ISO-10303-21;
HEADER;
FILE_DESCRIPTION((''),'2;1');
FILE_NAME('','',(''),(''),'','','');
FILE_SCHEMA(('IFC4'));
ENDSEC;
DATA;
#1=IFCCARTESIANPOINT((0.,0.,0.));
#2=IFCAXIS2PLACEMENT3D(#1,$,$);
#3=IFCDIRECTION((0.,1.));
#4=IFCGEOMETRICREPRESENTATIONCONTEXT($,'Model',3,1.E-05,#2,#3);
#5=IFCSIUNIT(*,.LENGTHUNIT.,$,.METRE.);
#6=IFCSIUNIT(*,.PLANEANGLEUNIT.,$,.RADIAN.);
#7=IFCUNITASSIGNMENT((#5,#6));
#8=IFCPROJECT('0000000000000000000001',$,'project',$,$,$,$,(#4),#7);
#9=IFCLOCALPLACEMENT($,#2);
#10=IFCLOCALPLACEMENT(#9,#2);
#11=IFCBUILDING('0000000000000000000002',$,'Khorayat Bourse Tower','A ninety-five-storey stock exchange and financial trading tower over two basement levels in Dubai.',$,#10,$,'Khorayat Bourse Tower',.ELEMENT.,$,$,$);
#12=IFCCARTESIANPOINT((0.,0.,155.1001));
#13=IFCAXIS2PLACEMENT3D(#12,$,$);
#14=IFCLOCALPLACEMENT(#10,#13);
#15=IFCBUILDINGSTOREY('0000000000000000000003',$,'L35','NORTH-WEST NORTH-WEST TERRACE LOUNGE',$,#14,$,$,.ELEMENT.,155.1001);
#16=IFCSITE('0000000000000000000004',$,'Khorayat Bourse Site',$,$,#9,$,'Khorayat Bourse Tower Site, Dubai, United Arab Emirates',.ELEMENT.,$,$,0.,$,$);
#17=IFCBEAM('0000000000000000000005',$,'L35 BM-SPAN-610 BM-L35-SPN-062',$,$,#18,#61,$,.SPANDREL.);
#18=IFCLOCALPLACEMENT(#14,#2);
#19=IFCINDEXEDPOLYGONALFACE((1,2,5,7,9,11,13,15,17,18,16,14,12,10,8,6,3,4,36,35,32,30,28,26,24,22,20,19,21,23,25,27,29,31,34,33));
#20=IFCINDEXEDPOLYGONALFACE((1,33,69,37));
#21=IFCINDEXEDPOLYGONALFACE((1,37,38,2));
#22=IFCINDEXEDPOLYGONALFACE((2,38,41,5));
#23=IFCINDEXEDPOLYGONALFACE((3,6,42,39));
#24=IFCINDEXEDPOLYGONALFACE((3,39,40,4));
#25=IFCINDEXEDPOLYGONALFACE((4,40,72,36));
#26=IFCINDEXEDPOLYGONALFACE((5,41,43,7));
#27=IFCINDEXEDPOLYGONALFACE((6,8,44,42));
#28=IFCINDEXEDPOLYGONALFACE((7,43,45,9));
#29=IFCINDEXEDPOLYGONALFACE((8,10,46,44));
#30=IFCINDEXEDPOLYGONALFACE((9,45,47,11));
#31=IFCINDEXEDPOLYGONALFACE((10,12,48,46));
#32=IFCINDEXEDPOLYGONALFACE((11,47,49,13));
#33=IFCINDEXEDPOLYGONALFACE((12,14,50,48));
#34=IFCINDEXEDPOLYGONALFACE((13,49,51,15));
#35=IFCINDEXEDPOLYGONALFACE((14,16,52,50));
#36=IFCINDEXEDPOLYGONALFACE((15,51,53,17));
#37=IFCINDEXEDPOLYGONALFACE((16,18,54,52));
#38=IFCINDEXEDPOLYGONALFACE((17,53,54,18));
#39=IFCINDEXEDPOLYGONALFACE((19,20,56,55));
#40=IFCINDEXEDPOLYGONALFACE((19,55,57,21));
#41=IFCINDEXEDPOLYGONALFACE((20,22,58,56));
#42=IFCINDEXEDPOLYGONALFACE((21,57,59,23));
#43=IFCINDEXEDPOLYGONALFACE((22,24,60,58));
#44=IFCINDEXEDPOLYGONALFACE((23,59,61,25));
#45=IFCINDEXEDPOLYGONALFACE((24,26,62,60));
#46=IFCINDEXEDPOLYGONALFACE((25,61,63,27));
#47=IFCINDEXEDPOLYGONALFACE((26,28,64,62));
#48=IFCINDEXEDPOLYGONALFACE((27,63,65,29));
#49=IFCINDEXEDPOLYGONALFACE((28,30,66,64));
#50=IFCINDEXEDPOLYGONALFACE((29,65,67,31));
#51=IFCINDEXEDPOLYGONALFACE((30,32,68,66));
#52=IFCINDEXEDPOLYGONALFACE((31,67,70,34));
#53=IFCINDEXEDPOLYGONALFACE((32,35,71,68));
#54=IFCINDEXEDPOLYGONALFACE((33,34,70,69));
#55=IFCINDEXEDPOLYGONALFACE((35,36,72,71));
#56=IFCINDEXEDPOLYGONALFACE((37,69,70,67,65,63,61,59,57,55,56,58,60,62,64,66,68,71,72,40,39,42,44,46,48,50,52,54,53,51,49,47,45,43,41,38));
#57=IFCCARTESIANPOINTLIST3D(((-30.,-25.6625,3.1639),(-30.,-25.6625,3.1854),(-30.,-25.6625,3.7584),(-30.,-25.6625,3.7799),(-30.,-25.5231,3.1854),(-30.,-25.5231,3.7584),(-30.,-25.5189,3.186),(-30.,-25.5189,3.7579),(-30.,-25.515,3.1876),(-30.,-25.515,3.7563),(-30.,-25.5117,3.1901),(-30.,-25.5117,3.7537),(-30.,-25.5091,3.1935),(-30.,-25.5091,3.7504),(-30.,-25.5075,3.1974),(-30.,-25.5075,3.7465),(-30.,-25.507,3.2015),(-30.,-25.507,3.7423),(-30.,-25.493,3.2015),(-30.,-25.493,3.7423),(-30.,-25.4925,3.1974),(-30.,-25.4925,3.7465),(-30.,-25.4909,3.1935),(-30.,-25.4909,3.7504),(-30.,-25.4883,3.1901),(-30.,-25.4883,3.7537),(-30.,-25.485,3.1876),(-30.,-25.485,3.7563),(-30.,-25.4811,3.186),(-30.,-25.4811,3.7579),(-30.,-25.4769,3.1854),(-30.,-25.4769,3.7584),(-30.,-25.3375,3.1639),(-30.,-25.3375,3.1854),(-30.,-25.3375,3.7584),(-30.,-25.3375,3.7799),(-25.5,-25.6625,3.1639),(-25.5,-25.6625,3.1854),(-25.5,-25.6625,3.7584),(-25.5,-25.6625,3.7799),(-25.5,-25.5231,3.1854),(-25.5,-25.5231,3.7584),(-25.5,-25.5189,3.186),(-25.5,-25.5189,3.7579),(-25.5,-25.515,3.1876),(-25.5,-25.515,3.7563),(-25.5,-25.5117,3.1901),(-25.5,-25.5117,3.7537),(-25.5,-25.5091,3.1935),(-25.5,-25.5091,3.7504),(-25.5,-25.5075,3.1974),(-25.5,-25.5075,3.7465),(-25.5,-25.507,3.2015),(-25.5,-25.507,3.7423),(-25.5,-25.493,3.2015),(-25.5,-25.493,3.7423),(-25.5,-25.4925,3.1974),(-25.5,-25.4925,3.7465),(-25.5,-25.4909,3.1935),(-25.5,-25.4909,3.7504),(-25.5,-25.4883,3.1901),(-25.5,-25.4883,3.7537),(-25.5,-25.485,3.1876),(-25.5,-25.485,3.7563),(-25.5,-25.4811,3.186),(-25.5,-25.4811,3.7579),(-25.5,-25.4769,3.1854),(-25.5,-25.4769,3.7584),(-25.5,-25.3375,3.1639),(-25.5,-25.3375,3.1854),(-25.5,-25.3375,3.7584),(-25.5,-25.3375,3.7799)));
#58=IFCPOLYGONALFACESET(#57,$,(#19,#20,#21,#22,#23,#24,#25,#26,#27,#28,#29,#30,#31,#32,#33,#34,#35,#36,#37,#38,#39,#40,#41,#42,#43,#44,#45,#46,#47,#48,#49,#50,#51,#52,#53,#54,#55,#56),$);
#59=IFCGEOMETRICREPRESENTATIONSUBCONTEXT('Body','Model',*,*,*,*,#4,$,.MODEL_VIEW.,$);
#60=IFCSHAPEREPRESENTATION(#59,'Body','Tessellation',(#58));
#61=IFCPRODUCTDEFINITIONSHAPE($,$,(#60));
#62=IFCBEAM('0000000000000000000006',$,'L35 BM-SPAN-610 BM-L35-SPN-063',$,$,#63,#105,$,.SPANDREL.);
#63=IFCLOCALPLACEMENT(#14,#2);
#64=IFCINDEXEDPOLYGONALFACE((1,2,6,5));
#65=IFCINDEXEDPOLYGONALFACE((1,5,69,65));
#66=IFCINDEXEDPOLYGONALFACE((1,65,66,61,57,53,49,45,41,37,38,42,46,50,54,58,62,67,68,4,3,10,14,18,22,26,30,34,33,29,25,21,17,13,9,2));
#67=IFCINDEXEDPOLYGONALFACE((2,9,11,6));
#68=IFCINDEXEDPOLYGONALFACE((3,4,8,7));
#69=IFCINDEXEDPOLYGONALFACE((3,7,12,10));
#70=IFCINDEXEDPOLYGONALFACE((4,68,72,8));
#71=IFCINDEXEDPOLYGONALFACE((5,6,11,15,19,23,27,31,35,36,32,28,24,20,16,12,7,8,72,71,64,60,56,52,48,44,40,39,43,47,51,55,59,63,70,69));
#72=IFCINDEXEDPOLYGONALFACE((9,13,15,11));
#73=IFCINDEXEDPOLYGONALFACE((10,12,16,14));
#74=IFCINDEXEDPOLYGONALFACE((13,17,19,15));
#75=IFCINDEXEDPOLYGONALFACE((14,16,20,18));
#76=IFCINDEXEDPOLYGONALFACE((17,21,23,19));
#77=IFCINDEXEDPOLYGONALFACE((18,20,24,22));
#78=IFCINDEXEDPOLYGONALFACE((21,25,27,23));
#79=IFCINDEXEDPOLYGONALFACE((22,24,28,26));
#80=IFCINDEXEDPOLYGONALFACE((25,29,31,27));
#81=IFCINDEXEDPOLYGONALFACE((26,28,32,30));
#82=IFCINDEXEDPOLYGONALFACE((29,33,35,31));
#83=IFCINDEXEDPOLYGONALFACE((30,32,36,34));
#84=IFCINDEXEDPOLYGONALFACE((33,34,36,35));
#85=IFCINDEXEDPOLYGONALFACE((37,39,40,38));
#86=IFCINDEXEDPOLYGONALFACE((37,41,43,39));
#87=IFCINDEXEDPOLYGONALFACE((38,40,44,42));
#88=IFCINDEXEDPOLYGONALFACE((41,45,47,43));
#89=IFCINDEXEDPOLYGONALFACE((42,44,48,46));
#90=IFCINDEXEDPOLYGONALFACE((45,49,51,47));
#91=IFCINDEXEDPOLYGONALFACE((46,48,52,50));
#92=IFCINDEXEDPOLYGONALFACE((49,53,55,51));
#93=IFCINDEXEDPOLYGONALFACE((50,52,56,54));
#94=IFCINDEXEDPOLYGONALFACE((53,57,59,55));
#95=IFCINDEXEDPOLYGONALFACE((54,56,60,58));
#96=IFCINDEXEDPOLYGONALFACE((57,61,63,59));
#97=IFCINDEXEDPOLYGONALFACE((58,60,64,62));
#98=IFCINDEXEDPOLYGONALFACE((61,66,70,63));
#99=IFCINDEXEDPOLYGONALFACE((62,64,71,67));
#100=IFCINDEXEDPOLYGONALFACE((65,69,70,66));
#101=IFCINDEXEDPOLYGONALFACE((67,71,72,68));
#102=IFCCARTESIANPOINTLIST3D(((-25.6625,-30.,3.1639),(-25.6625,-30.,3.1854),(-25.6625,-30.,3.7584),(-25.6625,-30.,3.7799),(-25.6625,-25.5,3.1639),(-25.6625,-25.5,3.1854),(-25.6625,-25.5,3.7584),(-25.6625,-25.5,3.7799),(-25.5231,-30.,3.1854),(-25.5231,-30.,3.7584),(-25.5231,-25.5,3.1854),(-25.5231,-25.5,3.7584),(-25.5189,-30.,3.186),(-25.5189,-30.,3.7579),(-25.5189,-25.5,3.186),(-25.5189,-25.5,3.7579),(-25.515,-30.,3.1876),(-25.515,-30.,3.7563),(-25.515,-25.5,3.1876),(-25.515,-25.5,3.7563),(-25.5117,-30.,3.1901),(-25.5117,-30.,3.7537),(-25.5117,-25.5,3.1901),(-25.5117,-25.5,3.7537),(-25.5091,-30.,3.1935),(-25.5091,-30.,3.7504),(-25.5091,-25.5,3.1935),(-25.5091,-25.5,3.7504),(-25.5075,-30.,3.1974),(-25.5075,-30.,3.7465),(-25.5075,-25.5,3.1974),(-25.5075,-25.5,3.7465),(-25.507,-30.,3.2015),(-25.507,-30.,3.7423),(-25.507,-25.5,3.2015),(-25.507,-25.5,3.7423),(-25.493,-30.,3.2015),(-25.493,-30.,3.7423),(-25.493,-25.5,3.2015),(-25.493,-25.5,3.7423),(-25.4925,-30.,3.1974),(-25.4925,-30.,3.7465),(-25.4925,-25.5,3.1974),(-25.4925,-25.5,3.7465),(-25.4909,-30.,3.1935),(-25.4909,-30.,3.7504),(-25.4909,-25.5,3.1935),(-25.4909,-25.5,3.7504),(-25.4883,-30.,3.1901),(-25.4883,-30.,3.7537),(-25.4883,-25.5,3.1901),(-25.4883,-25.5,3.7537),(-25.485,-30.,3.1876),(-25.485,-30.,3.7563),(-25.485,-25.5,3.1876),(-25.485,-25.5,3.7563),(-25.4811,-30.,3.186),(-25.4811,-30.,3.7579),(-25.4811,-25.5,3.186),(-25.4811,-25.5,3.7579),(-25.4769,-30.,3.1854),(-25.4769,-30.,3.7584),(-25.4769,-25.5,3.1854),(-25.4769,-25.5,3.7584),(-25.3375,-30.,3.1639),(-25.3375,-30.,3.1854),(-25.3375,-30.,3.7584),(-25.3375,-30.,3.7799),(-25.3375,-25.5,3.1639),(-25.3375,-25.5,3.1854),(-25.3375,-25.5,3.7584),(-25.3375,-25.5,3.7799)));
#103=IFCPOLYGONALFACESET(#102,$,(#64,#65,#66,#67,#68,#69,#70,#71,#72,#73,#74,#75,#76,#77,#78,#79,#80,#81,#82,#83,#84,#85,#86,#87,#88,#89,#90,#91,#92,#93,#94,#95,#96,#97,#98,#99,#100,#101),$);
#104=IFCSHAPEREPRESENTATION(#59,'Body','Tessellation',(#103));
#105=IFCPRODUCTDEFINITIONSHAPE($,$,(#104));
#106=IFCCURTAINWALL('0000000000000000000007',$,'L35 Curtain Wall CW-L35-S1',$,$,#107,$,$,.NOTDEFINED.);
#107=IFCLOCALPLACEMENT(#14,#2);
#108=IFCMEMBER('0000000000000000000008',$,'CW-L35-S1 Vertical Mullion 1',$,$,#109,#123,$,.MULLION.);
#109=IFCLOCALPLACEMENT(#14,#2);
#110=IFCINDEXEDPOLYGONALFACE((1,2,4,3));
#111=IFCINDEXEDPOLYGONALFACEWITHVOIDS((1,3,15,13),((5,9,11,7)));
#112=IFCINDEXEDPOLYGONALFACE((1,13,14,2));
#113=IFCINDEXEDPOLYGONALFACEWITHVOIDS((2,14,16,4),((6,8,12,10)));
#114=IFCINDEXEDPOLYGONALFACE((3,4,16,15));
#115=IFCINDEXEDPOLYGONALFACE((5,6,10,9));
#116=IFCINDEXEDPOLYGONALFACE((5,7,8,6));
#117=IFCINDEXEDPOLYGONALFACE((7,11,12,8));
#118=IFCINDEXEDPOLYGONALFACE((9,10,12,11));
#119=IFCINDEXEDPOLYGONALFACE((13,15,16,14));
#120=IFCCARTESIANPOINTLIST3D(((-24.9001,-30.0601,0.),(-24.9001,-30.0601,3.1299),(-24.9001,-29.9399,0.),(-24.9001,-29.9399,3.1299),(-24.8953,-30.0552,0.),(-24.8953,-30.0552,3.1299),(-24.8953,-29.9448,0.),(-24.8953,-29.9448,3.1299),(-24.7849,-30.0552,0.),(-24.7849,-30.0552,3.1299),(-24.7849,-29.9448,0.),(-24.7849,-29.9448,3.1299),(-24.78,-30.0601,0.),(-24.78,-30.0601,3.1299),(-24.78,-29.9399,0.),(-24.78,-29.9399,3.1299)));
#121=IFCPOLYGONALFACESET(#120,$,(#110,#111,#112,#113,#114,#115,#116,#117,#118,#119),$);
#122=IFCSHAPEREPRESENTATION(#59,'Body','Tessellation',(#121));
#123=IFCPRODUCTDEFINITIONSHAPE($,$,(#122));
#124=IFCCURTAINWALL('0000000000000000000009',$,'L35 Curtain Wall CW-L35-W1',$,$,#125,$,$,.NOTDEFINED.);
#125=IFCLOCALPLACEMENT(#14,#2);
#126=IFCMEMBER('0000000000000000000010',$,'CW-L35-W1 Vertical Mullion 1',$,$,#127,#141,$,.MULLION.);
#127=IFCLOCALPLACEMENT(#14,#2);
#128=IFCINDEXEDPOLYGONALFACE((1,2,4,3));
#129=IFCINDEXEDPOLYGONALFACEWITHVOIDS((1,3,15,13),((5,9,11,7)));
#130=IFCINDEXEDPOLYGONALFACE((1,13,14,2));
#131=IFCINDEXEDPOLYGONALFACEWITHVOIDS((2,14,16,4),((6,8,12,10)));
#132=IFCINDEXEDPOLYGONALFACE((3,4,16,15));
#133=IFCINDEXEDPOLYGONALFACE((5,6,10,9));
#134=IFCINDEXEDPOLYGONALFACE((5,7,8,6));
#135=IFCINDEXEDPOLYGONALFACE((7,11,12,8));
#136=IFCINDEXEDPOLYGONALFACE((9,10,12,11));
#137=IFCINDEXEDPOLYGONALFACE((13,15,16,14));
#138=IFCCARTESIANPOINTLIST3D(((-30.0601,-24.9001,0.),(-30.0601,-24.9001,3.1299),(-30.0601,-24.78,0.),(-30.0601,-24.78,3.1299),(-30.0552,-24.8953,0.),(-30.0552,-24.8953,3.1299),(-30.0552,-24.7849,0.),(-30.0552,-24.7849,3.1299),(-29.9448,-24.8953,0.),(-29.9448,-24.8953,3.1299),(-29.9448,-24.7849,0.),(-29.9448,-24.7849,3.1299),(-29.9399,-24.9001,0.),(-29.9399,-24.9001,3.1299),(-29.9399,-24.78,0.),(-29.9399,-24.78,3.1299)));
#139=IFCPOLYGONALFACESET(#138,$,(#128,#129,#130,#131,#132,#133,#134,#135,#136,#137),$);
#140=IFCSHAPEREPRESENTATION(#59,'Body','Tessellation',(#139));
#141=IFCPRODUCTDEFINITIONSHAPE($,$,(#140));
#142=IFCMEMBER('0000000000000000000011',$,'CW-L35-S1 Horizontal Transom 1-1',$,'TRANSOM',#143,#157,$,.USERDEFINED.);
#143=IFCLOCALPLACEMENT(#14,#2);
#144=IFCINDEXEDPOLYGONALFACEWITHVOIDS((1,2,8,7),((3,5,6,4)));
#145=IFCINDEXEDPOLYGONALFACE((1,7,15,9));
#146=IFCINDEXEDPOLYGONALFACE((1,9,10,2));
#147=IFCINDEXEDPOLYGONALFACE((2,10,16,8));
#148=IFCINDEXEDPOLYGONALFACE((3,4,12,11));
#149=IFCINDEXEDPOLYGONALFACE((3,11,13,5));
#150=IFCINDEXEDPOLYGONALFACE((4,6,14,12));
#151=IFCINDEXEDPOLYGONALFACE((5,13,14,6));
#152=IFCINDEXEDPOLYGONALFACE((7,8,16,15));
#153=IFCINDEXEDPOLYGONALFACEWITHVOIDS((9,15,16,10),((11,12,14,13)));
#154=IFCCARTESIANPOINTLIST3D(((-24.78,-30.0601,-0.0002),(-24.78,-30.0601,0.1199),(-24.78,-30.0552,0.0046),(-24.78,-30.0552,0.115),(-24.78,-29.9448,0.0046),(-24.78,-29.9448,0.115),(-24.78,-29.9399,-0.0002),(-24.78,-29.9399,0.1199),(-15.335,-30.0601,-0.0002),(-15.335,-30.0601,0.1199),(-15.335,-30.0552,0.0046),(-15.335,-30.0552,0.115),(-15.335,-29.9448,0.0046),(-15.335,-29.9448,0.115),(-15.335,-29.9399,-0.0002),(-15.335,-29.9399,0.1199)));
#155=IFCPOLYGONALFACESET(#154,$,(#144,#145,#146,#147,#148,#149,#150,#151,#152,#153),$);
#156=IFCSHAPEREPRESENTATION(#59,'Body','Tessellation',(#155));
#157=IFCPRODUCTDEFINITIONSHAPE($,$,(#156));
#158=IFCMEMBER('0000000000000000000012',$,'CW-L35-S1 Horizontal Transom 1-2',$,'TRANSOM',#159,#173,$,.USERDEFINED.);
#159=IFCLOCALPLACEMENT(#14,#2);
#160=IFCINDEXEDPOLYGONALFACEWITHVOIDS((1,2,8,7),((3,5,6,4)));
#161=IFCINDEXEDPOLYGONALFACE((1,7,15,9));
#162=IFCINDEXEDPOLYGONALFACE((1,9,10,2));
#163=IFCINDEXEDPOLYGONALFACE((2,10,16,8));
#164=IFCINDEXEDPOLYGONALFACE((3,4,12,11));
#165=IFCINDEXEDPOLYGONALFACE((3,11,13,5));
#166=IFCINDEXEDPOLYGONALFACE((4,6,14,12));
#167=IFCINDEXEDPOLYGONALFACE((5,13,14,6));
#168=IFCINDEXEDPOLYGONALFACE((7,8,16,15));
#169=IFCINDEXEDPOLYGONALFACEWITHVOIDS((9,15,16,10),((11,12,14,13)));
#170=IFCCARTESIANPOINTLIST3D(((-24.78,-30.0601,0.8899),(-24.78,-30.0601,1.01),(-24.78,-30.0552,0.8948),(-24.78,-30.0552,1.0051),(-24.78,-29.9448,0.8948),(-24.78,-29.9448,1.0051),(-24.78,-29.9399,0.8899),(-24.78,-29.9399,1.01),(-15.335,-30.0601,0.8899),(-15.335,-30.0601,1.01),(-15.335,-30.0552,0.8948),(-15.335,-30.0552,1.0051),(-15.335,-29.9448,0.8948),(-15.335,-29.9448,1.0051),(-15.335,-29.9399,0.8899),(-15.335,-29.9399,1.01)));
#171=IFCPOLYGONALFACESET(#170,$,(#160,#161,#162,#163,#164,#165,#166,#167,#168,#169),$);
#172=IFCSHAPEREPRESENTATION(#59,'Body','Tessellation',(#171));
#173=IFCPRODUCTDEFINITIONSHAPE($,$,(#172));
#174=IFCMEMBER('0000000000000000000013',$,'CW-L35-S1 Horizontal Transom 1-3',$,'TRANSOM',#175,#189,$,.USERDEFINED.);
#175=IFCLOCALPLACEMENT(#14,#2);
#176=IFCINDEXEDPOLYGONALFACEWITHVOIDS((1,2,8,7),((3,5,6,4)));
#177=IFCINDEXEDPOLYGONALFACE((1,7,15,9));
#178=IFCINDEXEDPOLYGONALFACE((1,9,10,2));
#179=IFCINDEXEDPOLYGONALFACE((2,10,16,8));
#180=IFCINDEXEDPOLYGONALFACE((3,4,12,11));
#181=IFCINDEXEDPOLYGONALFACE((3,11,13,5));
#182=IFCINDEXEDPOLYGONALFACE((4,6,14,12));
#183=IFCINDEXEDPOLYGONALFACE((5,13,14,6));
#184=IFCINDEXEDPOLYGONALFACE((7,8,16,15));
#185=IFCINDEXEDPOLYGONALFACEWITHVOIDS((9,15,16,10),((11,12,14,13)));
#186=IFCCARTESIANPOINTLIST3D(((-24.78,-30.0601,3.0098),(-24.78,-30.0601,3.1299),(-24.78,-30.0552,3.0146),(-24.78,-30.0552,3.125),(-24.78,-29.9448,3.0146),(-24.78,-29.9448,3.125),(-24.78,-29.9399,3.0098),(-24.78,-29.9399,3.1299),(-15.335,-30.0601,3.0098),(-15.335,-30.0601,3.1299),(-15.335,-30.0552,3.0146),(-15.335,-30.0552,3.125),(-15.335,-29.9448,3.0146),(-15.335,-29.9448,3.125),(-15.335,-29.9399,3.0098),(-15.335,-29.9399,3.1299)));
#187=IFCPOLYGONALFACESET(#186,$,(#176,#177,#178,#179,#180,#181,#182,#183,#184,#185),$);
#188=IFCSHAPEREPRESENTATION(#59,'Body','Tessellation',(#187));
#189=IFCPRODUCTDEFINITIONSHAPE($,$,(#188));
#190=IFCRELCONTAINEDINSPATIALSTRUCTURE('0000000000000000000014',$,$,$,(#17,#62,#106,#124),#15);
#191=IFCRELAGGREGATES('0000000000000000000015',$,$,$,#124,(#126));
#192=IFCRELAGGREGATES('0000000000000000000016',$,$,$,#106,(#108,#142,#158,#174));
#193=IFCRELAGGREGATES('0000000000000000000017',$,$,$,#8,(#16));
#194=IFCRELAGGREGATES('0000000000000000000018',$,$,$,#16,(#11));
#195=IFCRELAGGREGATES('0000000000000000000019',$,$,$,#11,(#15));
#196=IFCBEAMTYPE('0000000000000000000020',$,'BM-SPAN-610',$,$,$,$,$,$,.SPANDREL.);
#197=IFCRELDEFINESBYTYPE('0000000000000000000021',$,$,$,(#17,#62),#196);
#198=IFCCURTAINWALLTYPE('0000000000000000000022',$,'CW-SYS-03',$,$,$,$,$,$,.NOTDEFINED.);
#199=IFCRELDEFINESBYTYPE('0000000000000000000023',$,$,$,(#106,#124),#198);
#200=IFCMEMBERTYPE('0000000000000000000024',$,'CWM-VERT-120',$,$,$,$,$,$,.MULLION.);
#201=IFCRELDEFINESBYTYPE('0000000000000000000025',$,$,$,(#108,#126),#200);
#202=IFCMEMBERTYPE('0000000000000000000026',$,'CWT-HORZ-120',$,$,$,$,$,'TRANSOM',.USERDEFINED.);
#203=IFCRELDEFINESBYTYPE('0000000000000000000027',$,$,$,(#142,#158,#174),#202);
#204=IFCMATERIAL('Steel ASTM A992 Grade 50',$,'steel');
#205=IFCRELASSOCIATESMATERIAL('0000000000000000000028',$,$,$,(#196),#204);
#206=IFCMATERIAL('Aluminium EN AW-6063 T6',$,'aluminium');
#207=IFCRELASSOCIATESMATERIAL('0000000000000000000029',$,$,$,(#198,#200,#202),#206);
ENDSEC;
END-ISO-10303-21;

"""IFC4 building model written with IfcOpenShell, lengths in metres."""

from ifc_helpers import new_model, si_unit, direction, frame, origin, origin_2d, place, context, subcontext, project, spatial, hollow_rectangle, i_section, extrude, source, transform, mapped, material, material_profile, profile_set, type_object, element, aggregate, save


model = new_model("IFC4")

# Units and contexts
model_context = context("Model", 3, precision=1e-05, world=origin(), true_north=direction((0.0, 1.0)))
body_context = subcontext(model_context, "Body", "Model", "MODEL_VIEW")
ifc_project = project(units=[si_unit("LENGTHUNIT", "METRE"), si_unit("PLANEANGLEUNIT", "RADIAN")], contexts=[model_context])

# Site, building, storey
site_placement = place(None, origin())
site = spatial("IfcSite", under=ifc_project, at=site_placement, Name="Khorayat Bourse Site", LongName="Khorayat Bourse Tower Site, Dubai, United Arab Emirates", CompositionType="ELEMENT", RefElevation=0.0)
building_placement = place(site_placement, origin())
building = spatial("IfcBuilding", under=site, at=building_placement, Name="Khorayat Bourse Tower", Description="A ninety-five-storey stock exchange and financial trading tower over two basement levels in Dubai.", LongName="Khorayat Bourse Tower", CompositionType="ELEMENT")
storey_placement = place(building_placement, frame((0.0, 0.0, 155.1001)))
storey = spatial("IfcBuildingStorey", under=building, at=storey_placement, Name="L35", Description="NORTH-WEST NORTH-WEST TERRACE LOUNGE", CompositionType="ELEMENT", Elevation=155.1001)

# Beams
ifc_material_1 = material(Name="Steel ASTM A992 Grade 50", Category="steel")
ifc_material_profile_1 = material_profile(ifc_material_1, i_section(OverallWidth=0.325, OverallDepth=0.616, WebThickness=0.0139, FlangeThickness=0.0215, FilletRadius=0.0161, at=origin_2d()), Name="W610X174")
ifc_profile_set_1 = profile_set([ifc_material_profile_1], Name="Steel ASTM A992 Grade 50")
beam_type_1 = type_object("IfcBeamType", Name="BM-SPAN-610", PredefinedType="SPANDREL", material=ifc_profile_set_1)
shared_shape_1 = source(origin(), body_context, "Body", "SweptSolid", [
    extrude(i_section(OverallWidth=0.325, OverallDepth=0.616, WebThickness=0.0139, FlangeThickness=0.0215, FilletRadius=0.0161, at=origin_2d()), origin(), (0.0, 0.0, 1.0), 4.5),
])
for number, where, z_axis, x_axis, name in (
    (1, (-30.0, -25.5, 3.4719), (1.0, 0.0, 0.0), (0.0, 1.0, 0.0), "L35 BM-SPAN-610 BM-L35-SPN-062"),
    (2, (-25.5, -30.0, 3.4719), (0.0, 1.0, 0.0), (-1.0, 0.0, 0.0), "L35 BM-SPAN-610 BM-L35-SPN-063"),
):
    element("IfcBeam", number, at=place(storey_placement, frame(where, z_axis=z_axis, x_axis=x_axis)), inside=storey, type_object=beam_type_1, Name=name, PredefinedType="SPANDREL", context=body_context, shape_type="MappedRepresentation", body=[
        mapped(shared_shape_1, transform((0.0, 0.0, 0.0), scale=1.0)),
    ])

# Curtain walls, members
ifc_material_2 = material(Name="Aluminium EN AW-6063 T6", Category="aluminium")
curtain_wall_type = type_object("IfcCurtainWallType", Name="CW-SYS-03", PredefinedType="NOTDEFINED", material=ifc_material_2)
curtain_wall_1_placement = place(storey_placement, origin())
curtain_wall_1 = element("IfcCurtainWall", 3, at=curtain_wall_1_placement, inside=storey, type_object=curtain_wall_type, Name="L35 Curtain Wall CW-L35-S1", PredefinedType="NOTDEFINED")
ifc_material_profile_2 = material_profile(ifc_material_2, hollow_rectangle(XDim=0.1201, YDim=0.1201, WallThickness=0.0049, at=origin_2d()), Name="ALU 120x120x5")
ifc_profile_set_2 = profile_set([ifc_material_profile_2], Name="Aluminium EN AW-6063 T6")
member_type_1 = type_object("IfcMemberType", Name="CWM-VERT-120", PredefinedType="MULLION", material=ifc_profile_set_2)
shared_shape_2 = source(origin(), body_context, "Body", "SweptSolid", [
    extrude(hollow_rectangle(XDim=0.1201, YDim=0.1201, WallThickness=0.0049, at=origin_2d()), origin(), (0.0, 0.0, 1.0), 3.1299),
])
member_1_placement = place(storey_placement, frame((-24.8401, -30.0, 0.0), z_axis=(0.0, 0.0, 1.0), x_axis=(0.0, 1.0, 0.0)))
member_1 = element("IfcMember", 4, at=member_1_placement, type_object=member_type_1, Name="CW-L35-S1 Vertical Mullion 1", PredefinedType="MULLION", context=body_context, shape_type="MappedRepresentation", body=[
    mapped(shared_shape_2, transform((0.0, 0.0, 0.0), scale=1.0)),
])
curtain_wall_2_placement = place(storey_placement, origin())
curtain_wall_2 = element("IfcCurtainWall", 5, at=curtain_wall_2_placement, inside=storey, type_object=curtain_wall_type, Name="L35 Curtain Wall CW-L35-W1", PredefinedType="NOTDEFINED")
member_2_placement = place(storey_placement, frame((-30.0, -24.8401, 0.0), z_axis=(0.0, 0.0, 1.0), x_axis=(-1.0, 0.0, 0.0)))
member_2 = element("IfcMember", 6, at=member_2_placement, type_object=member_type_1, Name="CW-L35-W1 Vertical Mullion 1", PredefinedType="MULLION", context=body_context, shape_type="MappedRepresentation", body=[
    mapped(shared_shape_2, transform((0.0, 0.0, 0.0), scale=1.0)),
])

# Members
ifc_material_profile_3 = material_profile(ifc_material_2, hollow_rectangle(XDim=0.1201, YDim=0.1201, WallThickness=0.0049, at=origin_2d()), Name="ALU 120x120x5")
ifc_profile_set_3 = profile_set([ifc_material_profile_3], Name="Aluminium EN AW-6063 T6")
member_type_2 = type_object("IfcMemberType", Name="CWT-HORZ-120", ElementType="TRANSOM", PredefinedType="USERDEFINED", material=ifc_profile_set_3)
shared_shape_3 = source(origin(), body_context, "Body", "SweptSolid", [
    extrude(hollow_rectangle(XDim=0.1201, YDim=0.1201, WallThickness=0.0049, at=origin_2d()), origin(), (0.0, 0.0, 1.0), 9.4451),
])
member_3_placement = place(storey_placement, frame((-24.78, -30.0, 0.0598), z_axis=(1.0, 0.0, 0.0), x_axis=(0.0, 1.0, 0.0)))
member_3 = element("IfcMember", 7, at=member_3_placement, type_object=member_type_2, Name="CW-L35-S1 Horizontal Transom 1-1", ObjectType="TRANSOM", PredefinedType="USERDEFINED", context=body_context, shape_type="MappedRepresentation", body=[
    mapped(shared_shape_3, transform((0.0, 0.0, 0.0), scale=1.0)),
])
member_4_placement = place(storey_placement, frame((-24.78, -30.0, 0.95), z_axis=(1.0, 0.0, 0.0), x_axis=(0.0, 1.0, 0.0)))
member_4 = element("IfcMember", 8, at=member_4_placement, type_object=member_type_2, Name="CW-L35-S1 Horizontal Transom 1-2", ObjectType="TRANSOM", PredefinedType="USERDEFINED", context=body_context, shape_type="MappedRepresentation", body=[
    mapped(shared_shape_3, transform((0.0, 0.0, 0.0), scale=1.0)),
])
member_5_placement = place(storey_placement, frame((-24.78, -30.0, 3.0698), z_axis=(1.0, 0.0, 0.0), x_axis=(0.0, 1.0, 0.0)))
member_5 = element("IfcMember", 9, at=member_5_placement, type_object=member_type_2, Name="CW-L35-S1 Horizontal Transom 1-3", ObjectType="TRANSOM", PredefinedType="USERDEFINED", context=body_context, shape_type="MappedRepresentation", body=[
    mapped(shared_shape_3, transform((0.0, 0.0, 0.0), scale=1.0)),
])
aggregate(curtain_wall_2, [member_2])

aggregate(curtain_wall_1, [member_1, member_3, member_4, member_5])

save(model, "model.ifc")
